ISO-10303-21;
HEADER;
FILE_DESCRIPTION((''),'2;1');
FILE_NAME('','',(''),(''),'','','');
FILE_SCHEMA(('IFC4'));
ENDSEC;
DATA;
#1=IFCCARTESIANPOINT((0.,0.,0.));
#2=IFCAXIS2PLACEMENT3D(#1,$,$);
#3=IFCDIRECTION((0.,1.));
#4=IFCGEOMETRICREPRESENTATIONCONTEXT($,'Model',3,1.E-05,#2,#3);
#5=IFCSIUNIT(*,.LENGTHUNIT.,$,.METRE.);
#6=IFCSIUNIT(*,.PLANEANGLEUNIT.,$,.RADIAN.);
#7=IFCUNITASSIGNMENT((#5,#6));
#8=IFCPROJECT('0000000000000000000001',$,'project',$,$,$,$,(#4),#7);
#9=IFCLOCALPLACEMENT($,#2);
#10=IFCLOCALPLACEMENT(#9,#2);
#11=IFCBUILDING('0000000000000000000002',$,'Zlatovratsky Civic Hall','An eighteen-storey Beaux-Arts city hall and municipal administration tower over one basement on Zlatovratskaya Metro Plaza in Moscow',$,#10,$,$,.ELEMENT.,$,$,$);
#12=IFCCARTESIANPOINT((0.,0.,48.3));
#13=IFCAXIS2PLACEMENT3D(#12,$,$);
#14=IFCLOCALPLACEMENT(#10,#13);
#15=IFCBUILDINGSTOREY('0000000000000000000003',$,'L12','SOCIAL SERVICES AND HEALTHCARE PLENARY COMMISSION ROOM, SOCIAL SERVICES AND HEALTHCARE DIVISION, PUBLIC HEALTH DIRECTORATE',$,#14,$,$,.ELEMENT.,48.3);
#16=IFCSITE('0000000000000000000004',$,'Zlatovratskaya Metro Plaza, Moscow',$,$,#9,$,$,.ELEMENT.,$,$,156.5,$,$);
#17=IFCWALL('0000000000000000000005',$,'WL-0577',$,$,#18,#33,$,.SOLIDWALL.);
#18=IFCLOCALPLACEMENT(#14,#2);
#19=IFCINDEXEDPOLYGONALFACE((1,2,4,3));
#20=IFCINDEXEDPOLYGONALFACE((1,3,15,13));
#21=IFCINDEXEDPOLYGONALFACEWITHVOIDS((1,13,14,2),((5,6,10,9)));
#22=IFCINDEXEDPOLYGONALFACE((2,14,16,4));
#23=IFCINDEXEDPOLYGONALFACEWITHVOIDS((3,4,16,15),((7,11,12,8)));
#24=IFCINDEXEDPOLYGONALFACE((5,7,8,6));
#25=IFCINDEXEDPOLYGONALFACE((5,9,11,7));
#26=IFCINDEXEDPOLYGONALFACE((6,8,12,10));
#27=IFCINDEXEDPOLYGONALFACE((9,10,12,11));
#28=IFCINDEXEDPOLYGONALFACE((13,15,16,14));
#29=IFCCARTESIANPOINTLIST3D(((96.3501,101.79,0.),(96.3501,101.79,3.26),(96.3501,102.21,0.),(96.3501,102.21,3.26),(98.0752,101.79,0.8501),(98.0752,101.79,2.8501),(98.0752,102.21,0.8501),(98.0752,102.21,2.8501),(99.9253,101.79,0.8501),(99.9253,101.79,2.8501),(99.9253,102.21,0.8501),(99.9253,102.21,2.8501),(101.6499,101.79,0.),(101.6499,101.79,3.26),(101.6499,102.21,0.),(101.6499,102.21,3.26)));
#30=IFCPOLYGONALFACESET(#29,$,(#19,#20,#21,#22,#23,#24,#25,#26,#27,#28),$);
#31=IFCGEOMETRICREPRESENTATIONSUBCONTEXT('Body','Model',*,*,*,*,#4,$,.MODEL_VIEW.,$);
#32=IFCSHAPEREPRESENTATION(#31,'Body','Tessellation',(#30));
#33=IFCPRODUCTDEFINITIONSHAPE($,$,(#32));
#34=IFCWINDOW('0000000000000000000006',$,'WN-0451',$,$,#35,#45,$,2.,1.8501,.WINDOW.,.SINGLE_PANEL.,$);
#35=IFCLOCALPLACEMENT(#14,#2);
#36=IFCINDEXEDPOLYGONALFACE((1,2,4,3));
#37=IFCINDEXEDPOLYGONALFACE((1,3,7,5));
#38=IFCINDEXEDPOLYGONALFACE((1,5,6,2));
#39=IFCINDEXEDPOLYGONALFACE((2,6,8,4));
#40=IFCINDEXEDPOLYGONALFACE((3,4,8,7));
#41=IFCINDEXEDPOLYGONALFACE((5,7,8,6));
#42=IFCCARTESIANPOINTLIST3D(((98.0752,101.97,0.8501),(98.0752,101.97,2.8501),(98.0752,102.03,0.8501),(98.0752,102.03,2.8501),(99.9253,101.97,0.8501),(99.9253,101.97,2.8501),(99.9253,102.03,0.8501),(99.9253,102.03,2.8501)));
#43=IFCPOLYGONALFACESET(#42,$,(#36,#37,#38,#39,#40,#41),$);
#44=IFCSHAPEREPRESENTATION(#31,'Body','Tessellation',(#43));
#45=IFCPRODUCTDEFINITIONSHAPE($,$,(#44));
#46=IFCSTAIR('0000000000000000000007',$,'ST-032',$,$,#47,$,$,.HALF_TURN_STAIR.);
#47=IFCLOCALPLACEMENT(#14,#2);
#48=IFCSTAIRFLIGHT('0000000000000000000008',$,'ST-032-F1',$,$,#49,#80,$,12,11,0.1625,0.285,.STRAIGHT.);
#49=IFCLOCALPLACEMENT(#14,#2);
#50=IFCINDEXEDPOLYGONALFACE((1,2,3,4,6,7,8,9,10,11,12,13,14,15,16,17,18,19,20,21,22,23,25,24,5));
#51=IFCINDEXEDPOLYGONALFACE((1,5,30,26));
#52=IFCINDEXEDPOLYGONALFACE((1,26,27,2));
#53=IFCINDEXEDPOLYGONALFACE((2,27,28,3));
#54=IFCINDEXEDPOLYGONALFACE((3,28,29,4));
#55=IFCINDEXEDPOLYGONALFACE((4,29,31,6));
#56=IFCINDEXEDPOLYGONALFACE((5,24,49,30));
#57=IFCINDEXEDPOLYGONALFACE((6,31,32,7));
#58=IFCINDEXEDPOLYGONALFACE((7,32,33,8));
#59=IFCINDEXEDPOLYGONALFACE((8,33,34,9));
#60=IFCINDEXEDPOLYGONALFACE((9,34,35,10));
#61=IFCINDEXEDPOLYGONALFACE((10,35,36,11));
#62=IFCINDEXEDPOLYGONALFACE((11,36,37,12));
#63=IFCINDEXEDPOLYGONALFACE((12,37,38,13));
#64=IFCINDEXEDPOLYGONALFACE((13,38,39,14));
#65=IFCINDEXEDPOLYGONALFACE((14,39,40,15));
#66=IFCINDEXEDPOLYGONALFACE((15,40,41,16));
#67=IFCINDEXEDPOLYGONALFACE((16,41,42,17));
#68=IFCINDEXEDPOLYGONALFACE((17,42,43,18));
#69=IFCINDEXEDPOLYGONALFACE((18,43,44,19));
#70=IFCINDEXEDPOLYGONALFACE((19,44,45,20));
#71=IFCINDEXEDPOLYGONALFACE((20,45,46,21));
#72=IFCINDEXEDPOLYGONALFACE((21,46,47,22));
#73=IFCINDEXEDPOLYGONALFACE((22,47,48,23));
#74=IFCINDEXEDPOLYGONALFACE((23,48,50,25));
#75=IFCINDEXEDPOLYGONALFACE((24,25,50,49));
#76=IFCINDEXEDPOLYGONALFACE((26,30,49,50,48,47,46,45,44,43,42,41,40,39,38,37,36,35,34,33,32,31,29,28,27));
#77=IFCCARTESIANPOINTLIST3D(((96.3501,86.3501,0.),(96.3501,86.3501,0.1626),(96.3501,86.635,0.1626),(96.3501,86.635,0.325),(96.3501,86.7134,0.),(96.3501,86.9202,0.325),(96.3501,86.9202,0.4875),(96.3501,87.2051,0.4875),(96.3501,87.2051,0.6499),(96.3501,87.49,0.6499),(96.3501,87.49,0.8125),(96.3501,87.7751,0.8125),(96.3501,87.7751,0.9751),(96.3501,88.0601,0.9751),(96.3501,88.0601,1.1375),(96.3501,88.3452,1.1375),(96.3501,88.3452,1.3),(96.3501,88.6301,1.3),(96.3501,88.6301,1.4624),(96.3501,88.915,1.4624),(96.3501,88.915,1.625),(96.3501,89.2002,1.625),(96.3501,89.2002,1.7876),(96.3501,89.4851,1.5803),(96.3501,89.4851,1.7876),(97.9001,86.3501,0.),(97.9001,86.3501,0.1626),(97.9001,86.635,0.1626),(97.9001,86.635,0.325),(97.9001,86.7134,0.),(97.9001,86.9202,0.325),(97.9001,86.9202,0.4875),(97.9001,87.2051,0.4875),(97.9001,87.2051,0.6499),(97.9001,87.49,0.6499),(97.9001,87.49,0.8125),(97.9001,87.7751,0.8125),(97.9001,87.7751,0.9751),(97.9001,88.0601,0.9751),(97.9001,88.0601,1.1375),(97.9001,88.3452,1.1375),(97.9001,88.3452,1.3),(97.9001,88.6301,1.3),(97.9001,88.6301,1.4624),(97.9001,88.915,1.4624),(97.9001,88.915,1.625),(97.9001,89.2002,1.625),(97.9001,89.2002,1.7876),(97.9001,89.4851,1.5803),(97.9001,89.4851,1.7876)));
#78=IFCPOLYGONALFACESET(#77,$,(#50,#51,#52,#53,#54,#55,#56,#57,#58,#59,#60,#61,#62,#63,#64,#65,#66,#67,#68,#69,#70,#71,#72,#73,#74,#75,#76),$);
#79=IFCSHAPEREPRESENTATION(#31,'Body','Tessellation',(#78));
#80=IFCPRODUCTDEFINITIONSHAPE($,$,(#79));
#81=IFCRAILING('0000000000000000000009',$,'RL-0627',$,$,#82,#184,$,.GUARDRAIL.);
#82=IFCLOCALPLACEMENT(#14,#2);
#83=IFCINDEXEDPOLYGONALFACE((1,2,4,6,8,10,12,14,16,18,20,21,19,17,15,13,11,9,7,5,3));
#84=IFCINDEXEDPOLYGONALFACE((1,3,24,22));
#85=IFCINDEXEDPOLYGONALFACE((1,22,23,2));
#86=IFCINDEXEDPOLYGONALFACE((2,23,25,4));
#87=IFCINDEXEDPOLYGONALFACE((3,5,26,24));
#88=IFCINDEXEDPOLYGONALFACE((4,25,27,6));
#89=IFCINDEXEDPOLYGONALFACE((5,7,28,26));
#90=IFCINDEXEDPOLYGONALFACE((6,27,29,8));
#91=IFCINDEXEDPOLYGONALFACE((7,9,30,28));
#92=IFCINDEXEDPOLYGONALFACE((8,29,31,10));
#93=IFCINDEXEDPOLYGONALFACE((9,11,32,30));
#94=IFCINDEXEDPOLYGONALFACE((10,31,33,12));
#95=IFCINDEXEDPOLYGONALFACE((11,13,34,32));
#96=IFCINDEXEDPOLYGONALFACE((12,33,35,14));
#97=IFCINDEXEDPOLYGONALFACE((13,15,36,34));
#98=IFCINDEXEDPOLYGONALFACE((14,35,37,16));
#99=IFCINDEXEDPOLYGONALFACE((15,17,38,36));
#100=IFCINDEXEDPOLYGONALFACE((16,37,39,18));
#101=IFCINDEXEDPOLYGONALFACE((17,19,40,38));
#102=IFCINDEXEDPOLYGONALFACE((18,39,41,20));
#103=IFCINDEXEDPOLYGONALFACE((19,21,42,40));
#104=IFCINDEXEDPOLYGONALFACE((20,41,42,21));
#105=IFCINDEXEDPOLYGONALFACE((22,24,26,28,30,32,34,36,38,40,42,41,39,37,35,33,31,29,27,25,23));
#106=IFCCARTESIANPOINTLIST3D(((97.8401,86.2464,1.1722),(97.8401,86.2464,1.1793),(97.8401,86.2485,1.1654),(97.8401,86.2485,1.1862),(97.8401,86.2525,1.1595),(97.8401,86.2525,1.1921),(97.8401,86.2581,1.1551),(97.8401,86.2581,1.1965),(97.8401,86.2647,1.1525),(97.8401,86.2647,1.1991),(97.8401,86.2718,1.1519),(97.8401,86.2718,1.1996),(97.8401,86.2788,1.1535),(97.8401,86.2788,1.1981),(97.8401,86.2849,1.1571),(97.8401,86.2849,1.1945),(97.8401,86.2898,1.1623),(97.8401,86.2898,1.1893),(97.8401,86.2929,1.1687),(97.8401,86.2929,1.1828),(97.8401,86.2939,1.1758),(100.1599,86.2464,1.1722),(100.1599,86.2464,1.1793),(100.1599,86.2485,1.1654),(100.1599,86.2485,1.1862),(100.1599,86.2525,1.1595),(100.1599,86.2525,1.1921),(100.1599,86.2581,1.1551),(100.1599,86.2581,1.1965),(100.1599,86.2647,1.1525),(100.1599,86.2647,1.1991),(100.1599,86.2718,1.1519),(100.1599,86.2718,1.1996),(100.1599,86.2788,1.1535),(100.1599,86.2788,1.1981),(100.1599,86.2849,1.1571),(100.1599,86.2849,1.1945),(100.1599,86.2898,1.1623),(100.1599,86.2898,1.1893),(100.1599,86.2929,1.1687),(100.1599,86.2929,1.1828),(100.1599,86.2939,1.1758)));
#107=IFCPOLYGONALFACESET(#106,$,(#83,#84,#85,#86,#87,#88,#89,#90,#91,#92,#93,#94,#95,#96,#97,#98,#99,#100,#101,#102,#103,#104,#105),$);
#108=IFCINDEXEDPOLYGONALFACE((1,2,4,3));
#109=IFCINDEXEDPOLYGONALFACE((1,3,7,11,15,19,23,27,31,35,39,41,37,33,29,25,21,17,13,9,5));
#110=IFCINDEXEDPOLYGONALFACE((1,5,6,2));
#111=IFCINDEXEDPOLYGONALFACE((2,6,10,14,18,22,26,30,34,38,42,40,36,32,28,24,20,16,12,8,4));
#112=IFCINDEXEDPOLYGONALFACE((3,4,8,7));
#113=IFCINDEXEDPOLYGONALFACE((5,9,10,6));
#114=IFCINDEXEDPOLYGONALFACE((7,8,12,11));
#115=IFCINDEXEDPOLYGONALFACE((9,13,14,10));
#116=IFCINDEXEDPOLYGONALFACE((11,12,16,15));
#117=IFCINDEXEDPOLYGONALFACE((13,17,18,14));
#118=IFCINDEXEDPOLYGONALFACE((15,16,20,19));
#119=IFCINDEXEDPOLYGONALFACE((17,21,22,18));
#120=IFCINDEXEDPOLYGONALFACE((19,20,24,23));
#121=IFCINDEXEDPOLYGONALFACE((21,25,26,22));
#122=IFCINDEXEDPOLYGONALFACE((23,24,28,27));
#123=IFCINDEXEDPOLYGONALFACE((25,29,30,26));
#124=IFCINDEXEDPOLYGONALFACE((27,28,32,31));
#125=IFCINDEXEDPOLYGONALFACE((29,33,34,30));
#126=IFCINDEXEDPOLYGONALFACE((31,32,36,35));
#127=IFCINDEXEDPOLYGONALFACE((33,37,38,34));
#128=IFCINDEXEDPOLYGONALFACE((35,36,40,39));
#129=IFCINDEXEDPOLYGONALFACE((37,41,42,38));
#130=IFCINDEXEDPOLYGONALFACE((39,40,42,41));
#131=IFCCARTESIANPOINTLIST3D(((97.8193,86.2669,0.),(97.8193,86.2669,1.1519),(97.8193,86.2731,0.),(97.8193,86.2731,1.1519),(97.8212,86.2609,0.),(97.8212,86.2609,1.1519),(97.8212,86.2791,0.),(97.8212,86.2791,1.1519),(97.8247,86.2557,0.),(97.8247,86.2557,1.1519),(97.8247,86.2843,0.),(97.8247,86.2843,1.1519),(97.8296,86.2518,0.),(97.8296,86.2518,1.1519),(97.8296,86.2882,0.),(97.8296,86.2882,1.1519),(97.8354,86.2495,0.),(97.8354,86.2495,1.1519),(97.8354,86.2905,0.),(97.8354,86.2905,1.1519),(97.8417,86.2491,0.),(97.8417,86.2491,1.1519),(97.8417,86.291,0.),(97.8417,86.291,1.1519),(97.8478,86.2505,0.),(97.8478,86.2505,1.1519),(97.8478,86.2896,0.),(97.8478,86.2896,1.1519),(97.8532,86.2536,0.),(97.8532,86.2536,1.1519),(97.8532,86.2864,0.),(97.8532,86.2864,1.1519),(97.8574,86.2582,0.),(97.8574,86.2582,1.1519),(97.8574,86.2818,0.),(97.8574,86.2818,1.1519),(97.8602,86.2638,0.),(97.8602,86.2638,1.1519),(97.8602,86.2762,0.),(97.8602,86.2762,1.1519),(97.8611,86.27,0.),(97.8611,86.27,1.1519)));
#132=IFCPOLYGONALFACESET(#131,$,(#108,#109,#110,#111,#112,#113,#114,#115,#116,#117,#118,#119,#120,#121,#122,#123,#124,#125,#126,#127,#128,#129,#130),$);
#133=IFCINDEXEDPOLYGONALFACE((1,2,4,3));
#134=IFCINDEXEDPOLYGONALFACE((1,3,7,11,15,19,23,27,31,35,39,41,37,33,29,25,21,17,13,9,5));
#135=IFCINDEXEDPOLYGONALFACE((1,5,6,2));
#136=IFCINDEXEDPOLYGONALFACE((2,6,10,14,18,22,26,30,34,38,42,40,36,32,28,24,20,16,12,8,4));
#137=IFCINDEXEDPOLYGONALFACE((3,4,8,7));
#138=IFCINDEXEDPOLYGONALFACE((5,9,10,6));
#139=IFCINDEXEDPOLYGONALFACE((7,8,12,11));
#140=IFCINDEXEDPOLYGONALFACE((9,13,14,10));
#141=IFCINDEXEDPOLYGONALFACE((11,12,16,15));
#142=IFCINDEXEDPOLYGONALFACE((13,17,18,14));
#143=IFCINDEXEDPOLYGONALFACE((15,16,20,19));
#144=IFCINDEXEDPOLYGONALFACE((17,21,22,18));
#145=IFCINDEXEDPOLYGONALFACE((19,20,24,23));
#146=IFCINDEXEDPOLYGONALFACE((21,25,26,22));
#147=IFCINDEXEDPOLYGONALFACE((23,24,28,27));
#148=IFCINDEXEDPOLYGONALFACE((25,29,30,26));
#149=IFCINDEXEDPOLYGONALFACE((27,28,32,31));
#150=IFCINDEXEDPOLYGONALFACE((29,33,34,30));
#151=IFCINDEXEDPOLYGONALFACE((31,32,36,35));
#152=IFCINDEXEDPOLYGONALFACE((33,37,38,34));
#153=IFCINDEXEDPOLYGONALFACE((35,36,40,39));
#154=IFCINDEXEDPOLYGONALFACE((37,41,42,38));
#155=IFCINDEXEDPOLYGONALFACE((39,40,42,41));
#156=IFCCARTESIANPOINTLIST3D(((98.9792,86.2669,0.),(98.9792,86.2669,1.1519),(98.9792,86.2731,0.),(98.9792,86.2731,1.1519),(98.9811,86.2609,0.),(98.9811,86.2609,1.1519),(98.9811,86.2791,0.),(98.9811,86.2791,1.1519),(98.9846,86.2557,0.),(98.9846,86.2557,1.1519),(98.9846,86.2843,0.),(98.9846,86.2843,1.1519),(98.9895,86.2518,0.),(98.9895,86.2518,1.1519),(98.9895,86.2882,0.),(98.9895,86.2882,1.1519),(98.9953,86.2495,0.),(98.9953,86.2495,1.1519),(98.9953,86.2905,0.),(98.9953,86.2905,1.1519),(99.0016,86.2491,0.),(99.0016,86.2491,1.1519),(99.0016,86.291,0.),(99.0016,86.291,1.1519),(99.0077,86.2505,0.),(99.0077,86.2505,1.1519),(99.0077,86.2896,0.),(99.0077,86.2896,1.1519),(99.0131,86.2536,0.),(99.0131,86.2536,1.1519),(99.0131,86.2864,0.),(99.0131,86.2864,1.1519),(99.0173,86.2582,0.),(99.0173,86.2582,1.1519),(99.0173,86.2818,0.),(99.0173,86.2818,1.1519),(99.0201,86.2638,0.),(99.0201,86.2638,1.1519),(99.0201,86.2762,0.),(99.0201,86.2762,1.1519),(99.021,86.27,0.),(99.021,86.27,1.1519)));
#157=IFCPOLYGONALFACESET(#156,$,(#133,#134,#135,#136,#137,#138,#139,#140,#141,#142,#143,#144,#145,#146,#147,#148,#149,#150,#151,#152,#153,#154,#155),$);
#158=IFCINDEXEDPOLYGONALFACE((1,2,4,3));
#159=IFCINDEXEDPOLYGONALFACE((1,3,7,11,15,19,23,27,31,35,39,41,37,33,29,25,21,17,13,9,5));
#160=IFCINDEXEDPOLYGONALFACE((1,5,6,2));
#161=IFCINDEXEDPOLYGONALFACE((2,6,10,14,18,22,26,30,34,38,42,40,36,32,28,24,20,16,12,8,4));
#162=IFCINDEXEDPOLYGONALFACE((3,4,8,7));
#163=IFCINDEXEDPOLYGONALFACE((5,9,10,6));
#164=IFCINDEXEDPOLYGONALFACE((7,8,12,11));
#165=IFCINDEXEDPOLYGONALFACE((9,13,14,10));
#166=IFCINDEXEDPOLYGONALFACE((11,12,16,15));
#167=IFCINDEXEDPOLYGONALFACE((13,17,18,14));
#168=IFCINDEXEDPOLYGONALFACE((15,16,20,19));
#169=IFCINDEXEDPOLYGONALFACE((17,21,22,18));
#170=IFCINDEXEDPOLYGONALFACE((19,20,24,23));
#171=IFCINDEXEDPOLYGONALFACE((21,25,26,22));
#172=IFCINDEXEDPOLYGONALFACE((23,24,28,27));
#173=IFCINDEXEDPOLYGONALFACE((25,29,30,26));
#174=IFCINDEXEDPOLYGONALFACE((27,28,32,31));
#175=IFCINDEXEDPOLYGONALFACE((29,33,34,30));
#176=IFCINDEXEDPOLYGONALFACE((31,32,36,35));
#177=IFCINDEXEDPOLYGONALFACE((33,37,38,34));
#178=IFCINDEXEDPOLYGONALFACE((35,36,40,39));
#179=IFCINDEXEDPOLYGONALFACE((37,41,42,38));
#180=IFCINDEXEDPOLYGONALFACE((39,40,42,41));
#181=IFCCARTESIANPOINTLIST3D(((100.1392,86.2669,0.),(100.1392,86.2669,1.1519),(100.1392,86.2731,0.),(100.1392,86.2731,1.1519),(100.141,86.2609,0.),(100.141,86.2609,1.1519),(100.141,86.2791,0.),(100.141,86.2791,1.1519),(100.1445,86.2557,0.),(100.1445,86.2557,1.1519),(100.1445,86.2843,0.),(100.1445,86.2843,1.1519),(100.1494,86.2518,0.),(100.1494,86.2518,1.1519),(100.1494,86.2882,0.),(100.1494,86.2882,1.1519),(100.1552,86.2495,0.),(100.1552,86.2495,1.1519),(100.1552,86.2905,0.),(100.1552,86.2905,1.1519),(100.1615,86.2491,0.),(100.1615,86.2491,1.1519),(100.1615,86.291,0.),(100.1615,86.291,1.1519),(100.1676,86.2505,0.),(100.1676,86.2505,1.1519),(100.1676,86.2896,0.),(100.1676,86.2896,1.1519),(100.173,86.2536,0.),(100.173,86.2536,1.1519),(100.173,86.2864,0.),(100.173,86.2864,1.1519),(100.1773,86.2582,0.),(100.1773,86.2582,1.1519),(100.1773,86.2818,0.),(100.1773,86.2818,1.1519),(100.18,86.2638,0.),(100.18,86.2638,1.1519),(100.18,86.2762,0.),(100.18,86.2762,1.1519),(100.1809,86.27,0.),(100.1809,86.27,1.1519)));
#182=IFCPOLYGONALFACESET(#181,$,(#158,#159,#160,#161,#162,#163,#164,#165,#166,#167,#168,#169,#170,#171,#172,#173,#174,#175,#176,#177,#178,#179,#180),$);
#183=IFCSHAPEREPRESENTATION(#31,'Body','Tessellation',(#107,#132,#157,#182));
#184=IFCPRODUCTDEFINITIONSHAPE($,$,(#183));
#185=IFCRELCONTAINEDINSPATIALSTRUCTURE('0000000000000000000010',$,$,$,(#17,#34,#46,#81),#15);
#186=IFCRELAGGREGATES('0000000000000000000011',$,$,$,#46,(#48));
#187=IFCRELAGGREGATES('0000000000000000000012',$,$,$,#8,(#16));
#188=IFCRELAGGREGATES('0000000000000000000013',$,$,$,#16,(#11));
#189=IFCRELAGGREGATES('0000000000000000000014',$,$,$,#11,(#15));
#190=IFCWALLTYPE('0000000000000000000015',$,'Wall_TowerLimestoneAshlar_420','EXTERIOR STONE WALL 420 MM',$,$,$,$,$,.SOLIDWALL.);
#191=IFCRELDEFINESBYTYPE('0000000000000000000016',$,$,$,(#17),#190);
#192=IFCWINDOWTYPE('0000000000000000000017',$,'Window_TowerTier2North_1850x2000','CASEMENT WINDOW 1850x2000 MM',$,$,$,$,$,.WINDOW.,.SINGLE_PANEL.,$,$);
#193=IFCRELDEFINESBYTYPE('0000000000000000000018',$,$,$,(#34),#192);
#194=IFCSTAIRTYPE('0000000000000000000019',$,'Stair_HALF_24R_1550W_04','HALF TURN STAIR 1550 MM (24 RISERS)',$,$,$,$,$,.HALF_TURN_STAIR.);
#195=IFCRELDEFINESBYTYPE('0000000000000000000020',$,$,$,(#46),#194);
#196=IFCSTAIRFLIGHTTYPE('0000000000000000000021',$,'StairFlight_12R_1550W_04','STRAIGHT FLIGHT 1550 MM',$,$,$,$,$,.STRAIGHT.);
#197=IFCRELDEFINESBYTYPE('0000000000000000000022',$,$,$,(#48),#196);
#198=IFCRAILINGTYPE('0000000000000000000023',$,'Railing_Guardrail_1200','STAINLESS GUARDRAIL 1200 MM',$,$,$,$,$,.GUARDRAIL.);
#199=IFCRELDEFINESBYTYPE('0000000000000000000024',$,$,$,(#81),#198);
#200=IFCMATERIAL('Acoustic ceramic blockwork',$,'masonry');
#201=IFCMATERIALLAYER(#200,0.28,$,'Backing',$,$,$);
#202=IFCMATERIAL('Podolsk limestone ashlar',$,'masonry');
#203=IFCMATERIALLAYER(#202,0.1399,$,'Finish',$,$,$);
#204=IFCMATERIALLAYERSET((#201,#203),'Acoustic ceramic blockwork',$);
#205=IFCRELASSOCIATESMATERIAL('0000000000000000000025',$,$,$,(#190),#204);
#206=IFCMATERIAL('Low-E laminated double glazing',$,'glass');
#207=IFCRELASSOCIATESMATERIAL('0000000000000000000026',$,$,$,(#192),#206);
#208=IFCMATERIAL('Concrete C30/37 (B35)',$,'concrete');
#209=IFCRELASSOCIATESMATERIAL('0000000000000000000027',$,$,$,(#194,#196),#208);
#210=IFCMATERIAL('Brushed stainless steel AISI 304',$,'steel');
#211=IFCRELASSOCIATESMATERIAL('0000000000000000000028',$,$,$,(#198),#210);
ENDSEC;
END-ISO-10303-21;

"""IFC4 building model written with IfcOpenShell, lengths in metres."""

from ifc_helpers import new_model, si_unit, direction, frame, frame_2d, origin, origin_2d, place, context, subcontext, project, spatial, polyline, rectangle, circle, outline, extrude, material, layer, layer_set, type_object, element, fill, aggregate, save


model = new_model("IFC4")

# Units and contexts
model_context = context("Model", 3, precision=1e-05, world=origin(), true_north=direction((0.0, 1.0)))
body_context = subcontext(model_context, "Body", "Model", "MODEL_VIEW")
ifc_project = project(units=[si_unit("LENGTHUNIT", "METRE"), si_unit("PLANEANGLEUNIT", "RADIAN")], contexts=[model_context])

# Site, building, storey
site_placement = place(None, origin())
site = spatial("IfcSite", under=ifc_project, at=site_placement, Name="Zlatovratskaya Metro Plaza, Moscow", CompositionType="ELEMENT", RefElevation=156.5)
building_placement = place(site_placement, origin())
building = spatial("IfcBuilding", under=site, at=building_placement, Name="Zlatovratsky Civic Hall", Description="An eighteen-storey Beaux-Arts city hall and municipal administration tower over one basement on Zlatovratskaya Metro Plaza in Moscow", CompositionType="ELEMENT")
storey_placement = place(building_placement, frame((0.0, 0.0, 48.3)))
storey = spatial("IfcBuildingStorey", under=building, at=storey_placement, Name="L12", Description="SOCIAL SERVICES AND HEALTHCARE PLENARY COMMISSION ROOM, SOCIAL SERVICES AND HEALTHCARE DIVISION, PUBLIC HEALTH DIRECTORATE", CompositionType="ELEMENT", Elevation=48.3)

# Shared definitions
ifc_material_1 = material(Name="Acoustic ceramic blockwork", Category="masonry")

# Wall, opening, window
ifc_layer_1 = layer(ifc_material_1, 0.28, Name="Backing")
ifc_material_2 = material(Name="Podolsk limestone ashlar", Category="masonry")
ifc_layer_2 = layer(ifc_material_2, 0.1399, Name="Finish")
ifc_layer_set_1 = layer_set([ifc_layer_1, ifc_layer_2], Name="Acoustic ceramic blockwork")
wall_type_1 = type_object("IfcWallType", Name="Wall_TowerLimestoneAshlar_420", Description="EXTERIOR STONE WALL 420 MM", PredefinedType="SOLIDWALL", material=ifc_layer_set_1)
wall_1_placement = place(storey_placement, frame((96.3501, 102.0, 0.0), z_axis=(0.0, 0.0, 1.0), x_axis=(1.0, 0.0, 0.0)))
wall_1 = element("IfcWall", 1, at=wall_1_placement, inside=storey, type_object=wall_type_1, Name="WL-0577", PredefinedType="SOLIDWALL", context=body_context, shape_type="SweptSolid", body=[
    extrude(rectangle(XDim=5.2998, YDim=0.4199, at=frame_2d((2.6499, 0.0))), origin(), (0.0, 0.0, 1.0), 3.26),
])
opening_1_placement = place(wall_1_placement, frame((1.7251, 0.0, 0.8501)))
opening_1 = element("IfcOpeningElement", 2, at=opening_1_placement, cuts=wall_1, PredefinedType="OPENING", context=body_context, shape_type="SweptSolid", body=[
    extrude(rectangle(XDim=1.8501, YDim=2.0, at=frame_2d((0.925, 1.0))), frame((0.0, 0.2249, 0.0), z_axis=(0.0, -1.0, 0.0), x_axis=(1.0, 0.0, 0.0)), (0.0, 0.0, 1.0), 0.4497),
])
ifc_material_3 = material(Name="Low-E laminated double glazing", Category="glass")
window_type = type_object("IfcWindowType", Name="Window_TowerTier2North_1850x2000", Description="CASEMENT WINDOW 1850x2000 MM", PartitioningType="SINGLE_PANEL", PredefinedType="WINDOW", material=ifc_material_3)
window_placement = place(opening_1_placement, origin())
window = element("IfcWindow", 3, at=window_placement, inside=storey, type_object=window_type, Name="WN-0451", OverallHeight=2.0, OverallWidth=1.8501, PartitioningType="SINGLE_PANEL", PredefinedType="WINDOW", context=body_context, shape_type="SweptSolid", body=[
    extrude(rectangle(XDim=1.8501, YDim=2.0, at=frame_2d((0.925, 1.0))), frame((0.0, 0.03, 0.0), z_axis=(0.0, -1.0, 0.0), x_axis=(1.0, 0.0, 0.0)), (0.0, 0.0, 1.0), 0.0601),
])
fill(opening_1, window)

# Stair, stair flight
ifc_material_4 = material(Name="Concrete C30/37 (B35)", Category="concrete")
stair_type = type_object("IfcStairType", Name="Stair_HALF_24R_1550W_04", Description="HALF TURN STAIR 1550 MM (24 RISERS)", PredefinedType="HALF_TURN_STAIR", material=ifc_material_4)
stair_placement = place(storey_placement, origin())
stair = element("IfcStair", 4, at=stair_placement, inside=storey, type_object=stair_type, Name="ST-032", PredefinedType="HALF_TURN_STAIR")
stair_flight_type = type_object("IfcStairFlightType", Name="StairFlight_12R_1550W_04", Description="STRAIGHT FLIGHT 1550 MM", PredefinedType="STRAIGHT", material=ifc_material_4)
stair_flight_placement = place(storey_placement, frame((97.125, 86.3501, 0.0), z_axis=(0.0, 0.0, 1.0), x_axis=(0.0, 1.0, 0.0)))
stair_flight = element("IfcStairFlight", 5, at=stair_flight_placement, type_object=stair_flight_type, Name="ST-032-F1", NumberOfRisers=12, NumberOfTreads=11, PredefinedType="STRAIGHT", RiserHeight=0.1625, TreadLength=0.285, context=body_context, shape_type="SweptSolid", body=[
    extrude(outline(polyline([(0.0, 0.0), (0.0, 0.1626), (0.2849, 0.1626), (0.2849, 0.325), (0.5701, 0.325), (0.5701, 0.4875), (0.855, 0.4875), (0.855, 0.6499), (1.1399, 0.6499), (1.1399, 0.8125), (1.425, 0.8125), (1.425, 0.9751), (1.71, 0.9751), (1.71, 1.1375), (1.9951, 1.1375), (1.9951, 1.3), (2.28, 1.3), (2.28, 1.4624), (2.5649, 1.4624), (2.5649, 1.625), (2.8501, 1.625), (2.8501, 1.7876), (3.135, 1.7876), (3.135, 1.95), (3.135, 1.5803), (0.3633, 0.0), (0.0, 0.0)])), frame((0.0, 0.7749, 0.0), z_axis=(0.0, -1.0, 0.0), x_axis=(1.0, 0.0, 0.0)), (0.0, 0.0, 1.0), 1.55),
])
aggregate(stair, [stair_flight])

# Railing
ifc_material_5 = material(Name="Brushed stainless steel AISI 304", Category="steel")
railing_type_1 = type_object("IfcRailingType", Name="Railing_Guardrail_1200", Description="STAINLESS GUARDRAIL 1200 MM", PredefinedType="GUARDRAIL", material=ifc_material_5)
railing_1_placement = place(storey_placement, frame((97.8401, 86.27, 0.0)))
element("IfcRailing", 6, at=railing_1_placement, inside=storey, type_object=railing_type_1, Name="RL-0627", PredefinedType="GUARDRAIL", context=body_context, shape_type="SweptSolid", body=[
    extrude(circle(Radius=0.0239, at=origin_2d()), frame((0.0, 0.0, 1.1758), z_axis=(1.0, 0.0, 0.0), x_axis=(0.0, 1.0, 0.0)), (0.0, 0.0, 1.0), 2.3198),
    extrude(circle(Radius=0.021, at=origin_2d()), origin(), (0.0, 0.0, 1.0), 1.1519),
    extrude(circle(Radius=0.021, at=origin_2d()), frame((1.1599, 0.0, 0.0)), (0.0, 0.0, 1.0), 1.1519),
    extrude(circle(Radius=0.021, at=origin_2d()), frame((2.3198, 0.0, 0.0)), (0.0, 0.0, 1.0), 1.1519),
])

save(model, "model.ifc")
